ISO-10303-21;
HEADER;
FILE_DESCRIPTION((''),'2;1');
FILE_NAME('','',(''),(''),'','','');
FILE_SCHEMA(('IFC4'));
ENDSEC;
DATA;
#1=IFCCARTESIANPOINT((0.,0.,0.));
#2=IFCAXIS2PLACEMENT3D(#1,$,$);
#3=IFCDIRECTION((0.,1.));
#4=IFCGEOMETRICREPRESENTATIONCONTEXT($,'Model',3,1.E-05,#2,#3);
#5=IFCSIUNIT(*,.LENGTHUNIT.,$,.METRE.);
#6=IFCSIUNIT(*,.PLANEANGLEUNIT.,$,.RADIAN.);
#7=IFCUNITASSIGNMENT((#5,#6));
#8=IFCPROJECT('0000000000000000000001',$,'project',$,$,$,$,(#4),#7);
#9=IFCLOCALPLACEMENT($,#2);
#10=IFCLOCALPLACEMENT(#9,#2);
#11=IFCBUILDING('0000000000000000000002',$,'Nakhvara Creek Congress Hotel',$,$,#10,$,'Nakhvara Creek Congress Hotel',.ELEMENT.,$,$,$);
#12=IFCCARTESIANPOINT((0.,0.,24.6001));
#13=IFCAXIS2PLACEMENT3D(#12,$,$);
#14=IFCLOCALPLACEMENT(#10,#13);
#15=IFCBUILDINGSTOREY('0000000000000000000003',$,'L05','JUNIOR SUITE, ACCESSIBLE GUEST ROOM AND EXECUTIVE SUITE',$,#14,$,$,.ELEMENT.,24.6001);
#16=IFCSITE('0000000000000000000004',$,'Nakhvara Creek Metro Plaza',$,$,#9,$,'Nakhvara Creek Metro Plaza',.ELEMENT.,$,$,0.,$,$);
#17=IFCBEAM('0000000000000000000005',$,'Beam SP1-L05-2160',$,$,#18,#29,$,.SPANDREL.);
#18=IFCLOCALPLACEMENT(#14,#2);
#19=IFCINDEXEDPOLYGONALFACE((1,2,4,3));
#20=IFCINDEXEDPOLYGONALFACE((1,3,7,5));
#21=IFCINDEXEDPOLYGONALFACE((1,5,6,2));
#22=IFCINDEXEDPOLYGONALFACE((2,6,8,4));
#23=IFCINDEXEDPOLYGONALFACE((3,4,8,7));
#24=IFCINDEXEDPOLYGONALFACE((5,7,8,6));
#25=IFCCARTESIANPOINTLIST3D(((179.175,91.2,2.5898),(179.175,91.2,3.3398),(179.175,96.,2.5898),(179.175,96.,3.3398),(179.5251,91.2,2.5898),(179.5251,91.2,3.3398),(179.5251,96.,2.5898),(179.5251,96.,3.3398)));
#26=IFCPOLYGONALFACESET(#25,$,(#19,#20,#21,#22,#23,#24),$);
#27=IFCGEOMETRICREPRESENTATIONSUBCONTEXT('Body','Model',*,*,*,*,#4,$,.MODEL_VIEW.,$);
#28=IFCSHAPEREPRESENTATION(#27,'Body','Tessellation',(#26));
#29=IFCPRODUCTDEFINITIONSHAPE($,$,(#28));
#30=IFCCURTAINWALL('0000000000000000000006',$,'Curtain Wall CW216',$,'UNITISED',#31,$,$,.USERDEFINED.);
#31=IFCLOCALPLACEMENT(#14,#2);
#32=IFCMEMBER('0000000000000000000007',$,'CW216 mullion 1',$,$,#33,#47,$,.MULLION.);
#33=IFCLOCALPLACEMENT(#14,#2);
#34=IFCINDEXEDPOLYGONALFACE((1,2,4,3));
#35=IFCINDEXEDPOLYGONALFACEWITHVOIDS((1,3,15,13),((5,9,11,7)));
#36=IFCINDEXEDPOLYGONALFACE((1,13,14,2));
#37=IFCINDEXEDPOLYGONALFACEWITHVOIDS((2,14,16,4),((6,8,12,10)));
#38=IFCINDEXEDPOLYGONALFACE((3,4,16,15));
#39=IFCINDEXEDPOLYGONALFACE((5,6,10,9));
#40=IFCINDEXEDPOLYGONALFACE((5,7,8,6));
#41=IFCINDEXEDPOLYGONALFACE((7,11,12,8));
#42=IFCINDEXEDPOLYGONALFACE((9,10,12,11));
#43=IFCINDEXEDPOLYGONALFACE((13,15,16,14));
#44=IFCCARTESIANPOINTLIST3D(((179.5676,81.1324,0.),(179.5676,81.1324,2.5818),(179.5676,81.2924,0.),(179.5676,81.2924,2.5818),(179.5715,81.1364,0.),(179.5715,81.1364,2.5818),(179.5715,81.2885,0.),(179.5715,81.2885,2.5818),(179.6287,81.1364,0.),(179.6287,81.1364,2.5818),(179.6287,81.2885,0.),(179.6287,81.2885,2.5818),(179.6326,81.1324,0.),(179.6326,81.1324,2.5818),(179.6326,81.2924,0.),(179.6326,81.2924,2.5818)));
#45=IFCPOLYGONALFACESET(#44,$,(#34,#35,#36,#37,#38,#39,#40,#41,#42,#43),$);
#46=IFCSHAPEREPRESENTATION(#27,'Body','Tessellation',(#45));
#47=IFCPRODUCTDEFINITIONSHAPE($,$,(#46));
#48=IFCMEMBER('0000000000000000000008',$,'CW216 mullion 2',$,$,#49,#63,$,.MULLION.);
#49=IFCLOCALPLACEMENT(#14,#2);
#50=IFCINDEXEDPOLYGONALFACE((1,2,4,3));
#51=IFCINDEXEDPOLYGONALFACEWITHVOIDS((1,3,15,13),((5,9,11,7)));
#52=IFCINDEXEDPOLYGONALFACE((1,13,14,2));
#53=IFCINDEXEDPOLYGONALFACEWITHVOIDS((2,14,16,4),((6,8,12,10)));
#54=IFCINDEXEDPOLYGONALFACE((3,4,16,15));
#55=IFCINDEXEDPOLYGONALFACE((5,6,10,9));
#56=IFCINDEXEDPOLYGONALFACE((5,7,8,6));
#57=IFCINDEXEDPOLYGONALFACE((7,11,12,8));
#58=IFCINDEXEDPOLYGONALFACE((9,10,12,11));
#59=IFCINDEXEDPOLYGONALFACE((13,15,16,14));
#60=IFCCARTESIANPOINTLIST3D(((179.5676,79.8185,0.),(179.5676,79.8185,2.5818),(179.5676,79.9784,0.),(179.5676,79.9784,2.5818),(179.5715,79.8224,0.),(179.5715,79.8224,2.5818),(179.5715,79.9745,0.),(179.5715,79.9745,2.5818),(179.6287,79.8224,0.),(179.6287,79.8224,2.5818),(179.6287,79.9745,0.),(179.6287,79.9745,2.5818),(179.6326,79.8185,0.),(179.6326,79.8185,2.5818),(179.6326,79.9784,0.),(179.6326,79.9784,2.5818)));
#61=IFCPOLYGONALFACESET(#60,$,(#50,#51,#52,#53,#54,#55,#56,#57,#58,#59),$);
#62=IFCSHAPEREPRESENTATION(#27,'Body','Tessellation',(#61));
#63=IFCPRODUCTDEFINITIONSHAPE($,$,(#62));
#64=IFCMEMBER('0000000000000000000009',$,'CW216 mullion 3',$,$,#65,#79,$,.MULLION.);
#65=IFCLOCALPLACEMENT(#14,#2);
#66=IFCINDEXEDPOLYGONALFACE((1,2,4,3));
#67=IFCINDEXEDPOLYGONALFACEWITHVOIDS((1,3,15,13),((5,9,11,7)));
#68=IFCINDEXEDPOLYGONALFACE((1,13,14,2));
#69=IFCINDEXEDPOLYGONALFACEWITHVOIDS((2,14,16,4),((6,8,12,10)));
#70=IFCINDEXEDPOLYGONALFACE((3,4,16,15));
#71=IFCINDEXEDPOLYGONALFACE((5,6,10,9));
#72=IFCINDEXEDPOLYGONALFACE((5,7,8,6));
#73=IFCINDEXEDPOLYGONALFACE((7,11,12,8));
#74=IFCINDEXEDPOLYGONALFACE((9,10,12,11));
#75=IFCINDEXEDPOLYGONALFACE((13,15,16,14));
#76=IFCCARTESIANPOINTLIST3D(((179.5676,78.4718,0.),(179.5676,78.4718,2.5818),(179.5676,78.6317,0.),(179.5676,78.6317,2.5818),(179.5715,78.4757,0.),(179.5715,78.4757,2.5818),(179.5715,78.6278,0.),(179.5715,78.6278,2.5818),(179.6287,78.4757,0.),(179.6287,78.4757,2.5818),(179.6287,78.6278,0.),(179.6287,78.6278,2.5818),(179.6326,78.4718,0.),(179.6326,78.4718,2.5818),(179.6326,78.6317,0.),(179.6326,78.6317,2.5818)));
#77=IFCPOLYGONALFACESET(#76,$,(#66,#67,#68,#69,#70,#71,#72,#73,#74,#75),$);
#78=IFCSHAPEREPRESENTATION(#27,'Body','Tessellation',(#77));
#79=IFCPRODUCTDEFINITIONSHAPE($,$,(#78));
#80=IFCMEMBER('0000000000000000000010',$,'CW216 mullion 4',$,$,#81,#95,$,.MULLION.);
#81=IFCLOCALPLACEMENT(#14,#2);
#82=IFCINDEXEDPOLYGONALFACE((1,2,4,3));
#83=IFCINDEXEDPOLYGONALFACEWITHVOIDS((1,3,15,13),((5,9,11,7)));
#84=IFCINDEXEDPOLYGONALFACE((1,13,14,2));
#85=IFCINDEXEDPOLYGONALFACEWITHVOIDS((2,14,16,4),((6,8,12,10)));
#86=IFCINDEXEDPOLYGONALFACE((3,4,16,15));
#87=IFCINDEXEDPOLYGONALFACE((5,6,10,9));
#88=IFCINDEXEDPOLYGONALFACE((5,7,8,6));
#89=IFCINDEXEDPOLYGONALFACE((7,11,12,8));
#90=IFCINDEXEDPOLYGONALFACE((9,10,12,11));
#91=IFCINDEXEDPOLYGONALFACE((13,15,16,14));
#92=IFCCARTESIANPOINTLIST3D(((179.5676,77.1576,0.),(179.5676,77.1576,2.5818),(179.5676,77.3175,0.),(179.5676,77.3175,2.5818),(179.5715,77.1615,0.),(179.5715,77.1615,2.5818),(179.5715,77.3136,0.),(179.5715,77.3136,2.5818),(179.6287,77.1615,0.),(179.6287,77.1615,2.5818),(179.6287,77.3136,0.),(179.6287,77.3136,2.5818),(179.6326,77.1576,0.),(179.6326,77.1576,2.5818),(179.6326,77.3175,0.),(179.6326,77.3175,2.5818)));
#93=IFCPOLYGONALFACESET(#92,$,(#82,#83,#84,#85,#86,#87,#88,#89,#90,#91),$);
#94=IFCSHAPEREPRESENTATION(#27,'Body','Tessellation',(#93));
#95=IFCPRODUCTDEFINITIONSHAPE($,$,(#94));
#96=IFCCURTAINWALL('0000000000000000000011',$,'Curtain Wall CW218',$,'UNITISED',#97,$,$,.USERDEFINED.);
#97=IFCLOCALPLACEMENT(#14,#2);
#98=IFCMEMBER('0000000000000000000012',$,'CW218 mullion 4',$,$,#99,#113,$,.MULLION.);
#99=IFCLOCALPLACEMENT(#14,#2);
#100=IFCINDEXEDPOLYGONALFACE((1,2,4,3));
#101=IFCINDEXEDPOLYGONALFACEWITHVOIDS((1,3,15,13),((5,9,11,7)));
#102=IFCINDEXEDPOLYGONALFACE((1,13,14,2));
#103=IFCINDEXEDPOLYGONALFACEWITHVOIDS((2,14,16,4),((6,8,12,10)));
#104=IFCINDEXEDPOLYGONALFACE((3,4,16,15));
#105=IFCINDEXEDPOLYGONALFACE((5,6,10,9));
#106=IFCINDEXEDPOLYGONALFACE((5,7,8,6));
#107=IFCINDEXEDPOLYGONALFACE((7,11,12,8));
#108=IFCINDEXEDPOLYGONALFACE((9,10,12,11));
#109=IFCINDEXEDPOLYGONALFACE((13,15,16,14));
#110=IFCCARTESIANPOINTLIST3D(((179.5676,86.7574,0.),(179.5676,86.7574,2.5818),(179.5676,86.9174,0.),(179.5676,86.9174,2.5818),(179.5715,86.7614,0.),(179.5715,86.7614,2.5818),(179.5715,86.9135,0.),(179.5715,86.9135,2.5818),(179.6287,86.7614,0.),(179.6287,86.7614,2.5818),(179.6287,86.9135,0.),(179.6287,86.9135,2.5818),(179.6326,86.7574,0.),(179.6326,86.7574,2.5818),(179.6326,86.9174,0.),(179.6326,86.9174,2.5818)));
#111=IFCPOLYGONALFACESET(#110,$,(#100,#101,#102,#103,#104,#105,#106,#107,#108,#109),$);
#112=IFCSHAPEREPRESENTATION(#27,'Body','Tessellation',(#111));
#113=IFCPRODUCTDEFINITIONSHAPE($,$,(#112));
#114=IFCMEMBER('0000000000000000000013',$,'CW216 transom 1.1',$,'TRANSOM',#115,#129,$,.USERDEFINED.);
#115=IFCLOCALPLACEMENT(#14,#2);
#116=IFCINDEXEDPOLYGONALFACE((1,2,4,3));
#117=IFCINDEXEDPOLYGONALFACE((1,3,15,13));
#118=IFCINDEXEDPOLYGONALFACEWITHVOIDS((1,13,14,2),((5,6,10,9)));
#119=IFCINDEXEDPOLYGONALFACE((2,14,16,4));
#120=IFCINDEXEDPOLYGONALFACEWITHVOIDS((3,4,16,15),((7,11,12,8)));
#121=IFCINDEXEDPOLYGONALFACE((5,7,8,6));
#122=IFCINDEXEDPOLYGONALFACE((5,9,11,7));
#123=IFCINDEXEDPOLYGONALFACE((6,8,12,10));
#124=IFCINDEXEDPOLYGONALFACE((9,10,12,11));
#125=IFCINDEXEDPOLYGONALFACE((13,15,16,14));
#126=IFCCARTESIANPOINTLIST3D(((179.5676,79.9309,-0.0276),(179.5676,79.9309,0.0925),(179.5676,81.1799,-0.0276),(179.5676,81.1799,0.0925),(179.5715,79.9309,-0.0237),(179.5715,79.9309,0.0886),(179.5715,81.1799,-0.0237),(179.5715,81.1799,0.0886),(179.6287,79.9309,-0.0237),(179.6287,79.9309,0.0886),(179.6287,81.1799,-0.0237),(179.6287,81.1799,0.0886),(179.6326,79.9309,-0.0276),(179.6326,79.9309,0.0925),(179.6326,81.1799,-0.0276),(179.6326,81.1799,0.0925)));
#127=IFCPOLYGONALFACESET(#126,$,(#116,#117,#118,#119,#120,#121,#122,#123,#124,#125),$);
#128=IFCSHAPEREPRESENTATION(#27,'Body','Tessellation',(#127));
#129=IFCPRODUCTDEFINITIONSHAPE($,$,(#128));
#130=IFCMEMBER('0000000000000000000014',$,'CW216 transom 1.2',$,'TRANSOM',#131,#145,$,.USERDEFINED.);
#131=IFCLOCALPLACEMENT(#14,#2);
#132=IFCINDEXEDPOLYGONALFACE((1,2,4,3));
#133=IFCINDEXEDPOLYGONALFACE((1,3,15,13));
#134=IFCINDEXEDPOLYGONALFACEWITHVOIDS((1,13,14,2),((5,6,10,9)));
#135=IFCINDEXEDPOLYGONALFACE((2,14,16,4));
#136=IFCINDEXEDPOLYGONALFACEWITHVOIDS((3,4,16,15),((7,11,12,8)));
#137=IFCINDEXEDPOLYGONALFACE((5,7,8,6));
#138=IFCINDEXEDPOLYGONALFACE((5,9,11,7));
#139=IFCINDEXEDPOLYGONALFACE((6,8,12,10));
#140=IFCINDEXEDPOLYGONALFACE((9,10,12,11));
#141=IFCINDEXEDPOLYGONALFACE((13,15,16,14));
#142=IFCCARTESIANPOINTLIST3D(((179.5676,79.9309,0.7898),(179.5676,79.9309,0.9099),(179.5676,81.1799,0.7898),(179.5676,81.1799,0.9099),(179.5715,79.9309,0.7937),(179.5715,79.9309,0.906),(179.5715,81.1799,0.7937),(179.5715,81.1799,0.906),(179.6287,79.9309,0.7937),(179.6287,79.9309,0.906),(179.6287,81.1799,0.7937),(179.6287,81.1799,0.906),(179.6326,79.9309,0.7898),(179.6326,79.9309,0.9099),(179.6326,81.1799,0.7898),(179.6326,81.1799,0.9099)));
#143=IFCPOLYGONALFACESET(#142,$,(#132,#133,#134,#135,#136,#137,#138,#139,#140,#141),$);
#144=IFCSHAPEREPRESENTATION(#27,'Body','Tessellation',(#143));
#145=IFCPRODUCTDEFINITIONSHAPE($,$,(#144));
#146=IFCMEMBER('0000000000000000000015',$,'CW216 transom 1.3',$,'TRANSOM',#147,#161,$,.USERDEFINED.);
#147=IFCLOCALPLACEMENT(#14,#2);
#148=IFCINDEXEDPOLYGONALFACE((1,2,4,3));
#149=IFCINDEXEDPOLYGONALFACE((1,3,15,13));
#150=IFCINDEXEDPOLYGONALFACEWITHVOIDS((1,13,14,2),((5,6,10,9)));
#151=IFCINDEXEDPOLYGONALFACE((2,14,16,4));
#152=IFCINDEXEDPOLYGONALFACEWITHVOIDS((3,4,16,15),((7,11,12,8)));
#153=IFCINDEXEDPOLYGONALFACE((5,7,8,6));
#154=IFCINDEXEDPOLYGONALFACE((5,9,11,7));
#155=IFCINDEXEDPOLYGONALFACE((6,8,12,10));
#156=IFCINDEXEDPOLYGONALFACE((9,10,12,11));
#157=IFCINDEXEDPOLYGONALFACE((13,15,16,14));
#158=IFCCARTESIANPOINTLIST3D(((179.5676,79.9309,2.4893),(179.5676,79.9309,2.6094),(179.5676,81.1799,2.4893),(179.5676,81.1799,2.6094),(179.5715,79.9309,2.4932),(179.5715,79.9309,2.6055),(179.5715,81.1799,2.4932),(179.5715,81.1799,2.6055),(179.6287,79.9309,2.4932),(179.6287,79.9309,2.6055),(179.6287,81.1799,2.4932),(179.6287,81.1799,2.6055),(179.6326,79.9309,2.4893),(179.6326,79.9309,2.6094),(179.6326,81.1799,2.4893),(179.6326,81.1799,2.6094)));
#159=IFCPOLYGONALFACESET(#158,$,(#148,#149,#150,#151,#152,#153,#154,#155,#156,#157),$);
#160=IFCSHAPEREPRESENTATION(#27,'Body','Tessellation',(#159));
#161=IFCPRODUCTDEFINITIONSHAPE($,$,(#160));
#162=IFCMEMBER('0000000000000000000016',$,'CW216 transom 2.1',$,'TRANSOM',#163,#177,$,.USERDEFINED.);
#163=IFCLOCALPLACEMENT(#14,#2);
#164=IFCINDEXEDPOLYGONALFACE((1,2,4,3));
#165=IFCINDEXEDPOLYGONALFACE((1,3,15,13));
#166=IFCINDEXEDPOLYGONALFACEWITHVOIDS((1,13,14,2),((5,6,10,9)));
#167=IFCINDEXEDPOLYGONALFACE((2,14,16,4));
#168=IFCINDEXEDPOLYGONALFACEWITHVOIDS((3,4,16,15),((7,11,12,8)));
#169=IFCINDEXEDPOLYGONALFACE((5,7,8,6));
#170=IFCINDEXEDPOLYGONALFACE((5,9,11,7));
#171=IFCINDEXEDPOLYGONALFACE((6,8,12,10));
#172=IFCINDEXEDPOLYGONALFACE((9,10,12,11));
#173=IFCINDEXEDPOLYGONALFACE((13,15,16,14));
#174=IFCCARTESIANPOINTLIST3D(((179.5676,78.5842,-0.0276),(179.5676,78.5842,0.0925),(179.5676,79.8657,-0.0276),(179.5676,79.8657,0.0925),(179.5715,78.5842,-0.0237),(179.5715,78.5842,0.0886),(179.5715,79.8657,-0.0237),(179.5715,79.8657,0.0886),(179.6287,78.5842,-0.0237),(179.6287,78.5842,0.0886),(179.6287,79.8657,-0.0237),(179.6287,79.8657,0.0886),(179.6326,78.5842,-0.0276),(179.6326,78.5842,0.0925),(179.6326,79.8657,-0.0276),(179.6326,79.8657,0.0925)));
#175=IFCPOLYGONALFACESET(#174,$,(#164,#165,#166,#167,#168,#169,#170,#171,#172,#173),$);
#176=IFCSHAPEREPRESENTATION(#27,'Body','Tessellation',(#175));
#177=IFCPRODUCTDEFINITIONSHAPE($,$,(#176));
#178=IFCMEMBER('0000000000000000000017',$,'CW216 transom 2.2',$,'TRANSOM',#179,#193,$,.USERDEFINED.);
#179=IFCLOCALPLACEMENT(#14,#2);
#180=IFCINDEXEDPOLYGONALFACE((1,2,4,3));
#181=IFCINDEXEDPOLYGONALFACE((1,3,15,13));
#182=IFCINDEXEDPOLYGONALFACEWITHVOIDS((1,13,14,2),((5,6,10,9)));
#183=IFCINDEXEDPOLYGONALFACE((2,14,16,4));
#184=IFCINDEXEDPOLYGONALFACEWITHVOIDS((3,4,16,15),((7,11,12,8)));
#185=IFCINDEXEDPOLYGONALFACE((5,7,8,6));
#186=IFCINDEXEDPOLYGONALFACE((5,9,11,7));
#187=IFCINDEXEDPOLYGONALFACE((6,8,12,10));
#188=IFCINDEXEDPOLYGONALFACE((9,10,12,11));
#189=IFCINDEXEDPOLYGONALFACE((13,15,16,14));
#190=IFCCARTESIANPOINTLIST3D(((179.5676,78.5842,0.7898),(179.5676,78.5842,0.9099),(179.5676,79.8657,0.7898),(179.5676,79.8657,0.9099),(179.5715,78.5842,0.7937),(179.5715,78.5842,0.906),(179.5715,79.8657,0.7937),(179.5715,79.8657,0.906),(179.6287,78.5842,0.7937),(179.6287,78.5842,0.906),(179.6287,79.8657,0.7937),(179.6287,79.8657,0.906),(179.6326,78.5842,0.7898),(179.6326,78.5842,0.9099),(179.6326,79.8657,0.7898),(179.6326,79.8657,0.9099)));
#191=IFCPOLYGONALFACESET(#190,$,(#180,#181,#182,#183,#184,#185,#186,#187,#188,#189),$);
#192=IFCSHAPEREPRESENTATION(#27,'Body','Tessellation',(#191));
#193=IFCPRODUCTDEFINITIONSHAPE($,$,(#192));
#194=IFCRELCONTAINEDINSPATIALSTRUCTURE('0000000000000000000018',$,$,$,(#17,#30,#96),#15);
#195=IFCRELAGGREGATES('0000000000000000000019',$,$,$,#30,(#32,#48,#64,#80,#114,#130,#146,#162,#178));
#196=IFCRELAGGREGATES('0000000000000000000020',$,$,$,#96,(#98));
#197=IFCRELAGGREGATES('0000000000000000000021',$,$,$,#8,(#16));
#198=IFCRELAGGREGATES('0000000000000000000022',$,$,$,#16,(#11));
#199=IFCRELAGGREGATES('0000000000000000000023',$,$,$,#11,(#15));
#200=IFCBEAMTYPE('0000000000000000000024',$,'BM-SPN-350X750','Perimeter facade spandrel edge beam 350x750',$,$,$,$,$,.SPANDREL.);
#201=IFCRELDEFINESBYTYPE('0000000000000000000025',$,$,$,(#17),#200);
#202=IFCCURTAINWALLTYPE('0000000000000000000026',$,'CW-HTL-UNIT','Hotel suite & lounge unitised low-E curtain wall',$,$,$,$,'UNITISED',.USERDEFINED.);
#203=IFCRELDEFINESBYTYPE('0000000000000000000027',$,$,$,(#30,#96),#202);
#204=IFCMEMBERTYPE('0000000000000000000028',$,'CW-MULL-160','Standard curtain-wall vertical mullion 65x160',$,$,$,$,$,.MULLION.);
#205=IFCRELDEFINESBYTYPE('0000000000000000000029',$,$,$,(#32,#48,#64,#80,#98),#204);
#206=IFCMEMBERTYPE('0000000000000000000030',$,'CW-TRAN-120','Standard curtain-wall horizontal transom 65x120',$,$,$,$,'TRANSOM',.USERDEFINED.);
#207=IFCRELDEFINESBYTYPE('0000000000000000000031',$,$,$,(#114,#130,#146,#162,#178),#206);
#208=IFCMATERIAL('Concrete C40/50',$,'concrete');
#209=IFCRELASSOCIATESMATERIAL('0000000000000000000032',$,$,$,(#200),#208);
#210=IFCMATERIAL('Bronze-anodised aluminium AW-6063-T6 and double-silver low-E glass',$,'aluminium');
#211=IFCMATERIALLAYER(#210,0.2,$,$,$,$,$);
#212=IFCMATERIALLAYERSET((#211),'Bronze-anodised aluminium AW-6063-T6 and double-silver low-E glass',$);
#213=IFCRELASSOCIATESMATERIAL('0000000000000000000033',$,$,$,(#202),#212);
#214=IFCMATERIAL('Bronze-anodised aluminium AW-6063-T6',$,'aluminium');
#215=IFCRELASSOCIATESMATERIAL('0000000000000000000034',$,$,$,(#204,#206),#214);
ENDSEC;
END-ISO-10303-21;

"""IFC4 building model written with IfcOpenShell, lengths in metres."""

from ifc_helpers import new_model, si_unit, direction, frame, origin, origin_2d, place, context, subcontext, project, spatial, rectangle, hollow_rectangle, extrude, material, layer, layer_set, material_profile, profile_set, type_object, element, aggregate, save


model = new_model("IFC4")

# Units and contexts
model_context = context("Model", 3, precision=1e-05, world=origin(), true_north=direction((0.0, 1.0)))
body_context = subcontext(model_context, "Body", "Model", "MODEL_VIEW")
ifc_project = project(units=[si_unit("LENGTHUNIT", "METRE"), si_unit("PLANEANGLEUNIT", "RADIAN")], contexts=[model_context])

# Site, building, storey
site_placement = place(None, origin())
site = spatial("IfcSite", under=ifc_project, at=site_placement, Name="Nakhvara Creek Metro Plaza", LongName="Nakhvara Creek Metro Plaza", CompositionType="ELEMENT", RefElevation=0.0)
building_placement = place(site_placement, origin())
building = spatial("IfcBuilding", under=site, at=building_placement, Name="Nakhvara Creek Congress Hotel", LongName="Nakhvara Creek Congress Hotel", CompositionType="ELEMENT")
storey_placement = place(building_placement, frame((0.0, 0.0, 24.6001)))
storey = spatial("IfcBuildingStorey", under=building, at=storey_placement, Name="L05", Description="JUNIOR SUITE, ACCESSIBLE GUEST ROOM AND EXECUTIVE SUITE", CompositionType="ELEMENT", Elevation=24.6001)

# Beam
ifc_material_1 = material(Name="Concrete C40/50", Category="concrete")
ifc_material_profile_1 = material_profile(ifc_material_1, rectangle(XDim=0.3501, YDim=0.75, at=origin_2d()), Name="RC-SPANDREL 350x750", Category="LoadBearing")
ifc_profile_set_1 = profile_set([ifc_material_profile_1], Name="Concrete C40/50")
beam_type = type_object("IfcBeamType", Name="BM-SPN-350X750", Description="Perimeter facade spandrel edge beam 350x750", PredefinedType="SPANDREL", material=ifc_profile_set_1)
beam_placement = place(storey_placement, frame((179.3501, 91.2, 2.9648), z_axis=(0.0, 1.0, 0.0), x_axis=(-1.0, 0.0, 0.0)))
element("IfcBeam", 1, at=beam_placement, inside=storey, type_object=beam_type, Name="Beam SP1-L05-2160", PredefinedType="SPANDREL", context=body_context, shape_type="SweptSolid", body=[
    extrude(rectangle(XDim=0.3501, YDim=0.75, at=origin_2d()), origin(), (0.0, 0.0, 1.0), 4.8),
])

# Curtain wall, members
ifc_material_2 = material(Name="Bronze-anodised aluminium AW-6063-T6 and double-silver low-E glass", Category="aluminium")
ifc_layer_1 = layer(ifc_material_2, 0.2)
ifc_layer_set_1 = layer_set([ifc_layer_1], Name="Bronze-anodised aluminium AW-6063-T6 and double-silver low-E glass")
curtain_wall_type = type_object("IfcCurtainWallType", Name="CW-HTL-UNIT", Description="Hotel suite & lounge unitised low-E curtain wall", ElementType="UNITISED", PredefinedType="USERDEFINED", material=ifc_layer_set_1)
curtain_wall_1_placement = place(storey_placement, origin())
curtain_wall_1 = element("IfcCurtainWall", 2, at=curtain_wall_1_placement, inside=storey, type_object=curtain_wall_type, Name="Curtain Wall CW216", ObjectType="UNITISED", PredefinedType="USERDEFINED")
ifc_material_3 = material(Name="Bronze-anodised aluminium AW-6063-T6", Category="aluminium")
ifc_material_profile_2 = material_profile(ifc_material_3, hollow_rectangle(XDim=0.0649, YDim=0.1599, WallThickness=0.0039, at=origin_2d()), Name="ALU-MULL 65x160x4", Category="LoadBearing")
ifc_profile_set_2 = profile_set([ifc_material_profile_2], Name="Bronze-anodised aluminium AW-6063-T6")
member_type_1 = type_object("IfcMemberType", Name="CW-MULL-160", Description="Standard curtain-wall vertical mullion 65x160", PredefinedType="MULLION", material=ifc_profile_set_2)
member_1_placement = place(storey_placement, frame((179.6001, 81.2124, 0.0), z_axis=(0.0, 0.0, 1.0), x_axis=(1.0, 0.0, 0.0)))
member_1 = element("IfcMember", 3, at=member_1_placement, type_object=member_type_1, Name="CW216 mullion 1", PredefinedType="MULLION", context=body_context, shape_type="SweptSolid", body=[
    extrude(hollow_rectangle(XDim=0.0649, YDim=0.1599, WallThickness=0.0039, at=origin_2d()), origin(), (0.0, 0.0, 1.0), 2.5818),
])
member_2_placement = place(storey_placement, frame((179.6001, 79.8984, 0.0), z_axis=(0.0, 0.0, 1.0), x_axis=(1.0, 0.0, 0.0)))
member_2 = element("IfcMember", 4, at=member_2_placement, type_object=member_type_1, Name="CW216 mullion 2", PredefinedType="MULLION", context=body_context, shape_type="SweptSolid", body=[
    extrude(hollow_rectangle(XDim=0.0649, YDim=0.1599, WallThickness=0.0039, at=origin_2d()), origin(), (0.0, 0.0, 1.0), 2.5818),
])
member_3_placement = place(storey_placement, frame((179.6001, 78.5518, 0.0), z_axis=(0.0, 0.0, 1.0), x_axis=(1.0, 0.0, 0.0)))
member_3 = element("IfcMember", 5, at=member_3_placement, type_object=member_type_1, Name="CW216 mullion 3", PredefinedType="MULLION", context=body_context, shape_type="SweptSolid", body=[
    extrude(hollow_rectangle(XDim=0.0649, YDim=0.1599, WallThickness=0.0039, at=origin_2d()), origin(), (0.0, 0.0, 1.0), 2.5818),
])
member_4_placement = place(storey_placement, frame((179.6001, 77.2375, 0.0), z_axis=(0.0, 0.0, 1.0), x_axis=(1.0, 0.0, 0.0)))
member_4 = element("IfcMember", 6, at=member_4_placement, type_object=member_type_1, Name="CW216 mullion 4", PredefinedType="MULLION", context=body_context, shape_type="SweptSolid", body=[
    extrude(hollow_rectangle(XDim=0.0649, YDim=0.1599, WallThickness=0.0039, at=origin_2d()), origin(), (0.0, 0.0, 1.0), 2.5818),
])

# Curtain wall, member
curtain_wall_2_placement = place(storey_placement, origin())
curtain_wall_2 = element("IfcCurtainWall", 7, at=curtain_wall_2_placement, inside=storey, type_object=curtain_wall_type, Name="Curtain Wall CW218", ObjectType="UNITISED", PredefinedType="USERDEFINED")
member_5_placement = place(storey_placement, frame((179.6001, 86.8374, 0.0), z_axis=(0.0, 0.0, 1.0), x_axis=(1.0, 0.0, 0.0)))
member_5 = element("IfcMember", 8, at=member_5_placement, type_object=member_type_1, Name="CW218 mullion 4", PredefinedType="MULLION", context=body_context, shape_type="SweptSolid", body=[
    extrude(hollow_rectangle(XDim=0.0649, YDim=0.1599, WallThickness=0.0039, at=origin_2d()), origin(), (0.0, 0.0, 1.0), 2.5818),
])

# Members
ifc_material_profile_3 = material_profile(ifc_material_3, hollow_rectangle(XDim=0.0649, YDim=0.1201, WallThickness=0.0039, at=origin_2d()), Name="ALU-TRAN 65x120x4", Category="LoadBearing")
ifc_profile_set_3 = profile_set([ifc_material_profile_3], Name="Bronze-anodised aluminium AW-6063-T6")
member_type_2 = type_object("IfcMemberType", Name="CW-TRAN-120", Description="Standard curtain-wall horizontal transom 65x120", ElementType="TRANSOM", PredefinedType="USERDEFINED", material=ifc_profile_set_3)
member_6_placement = place(storey_placement, frame((179.6001, 81.1799, 0.0325), z_axis=(0.0, -1.0, 0.0), x_axis=(1.0, 0.0, 0.0)))
member_6 = element("IfcMember", 9, at=member_6_placement, type_object=member_type_2, Name="CW216 transom 1.1", ObjectType="TRANSOM", PredefinedType="USERDEFINED", context=body_context, shape_type="SweptSolid", body=[
    extrude(hollow_rectangle(XDim=0.0649, YDim=0.1201, WallThickness=0.0039, at=origin_2d()), origin(), (0.0, 0.0, 1.0), 1.249),
])
member_7_placement = place(storey_placement, frame((179.6001, 81.1799, 0.8499), z_axis=(0.0, -1.0, 0.0), x_axis=(1.0, 0.0, 0.0)))
member_7 = element("IfcMember", 10, at=member_7_placement, type_object=member_type_2, Name="CW216 transom 1.2", ObjectType="TRANSOM", PredefinedType="USERDEFINED", context=body_context, shape_type="SweptSolid", body=[
    extrude(hollow_rectangle(XDim=0.0649, YDim=0.1201, WallThickness=0.0039, at=origin_2d()), origin(), (0.0, 0.0, 1.0), 1.249),
])
member_8_placement = place(storey_placement, frame((179.6001, 81.1799, 2.5493), z_axis=(0.0, -1.0, 0.0), x_axis=(1.0, 0.0, 0.0)))
member_8 = element("IfcMember", 11, at=member_8_placement, type_object=member_type_2, Name="CW216 transom 1.3", ObjectType="TRANSOM", PredefinedType="USERDEFINED", context=body_context, shape_type="SweptSolid", body=[
    extrude(hollow_rectangle(XDim=0.0649, YDim=0.1201, WallThickness=0.0039, at=origin_2d()), origin(), (0.0, 0.0, 1.0), 1.249),
])
member_9_placement = place(storey_placement, frame((179.6001, 79.8657, 0.0325), z_axis=(0.0, -1.0, 0.0), x_axis=(1.0, 0.0, 0.0)))
member_9 = element("IfcMember", 12, at=member_9_placement, type_object=member_type_2, Name="CW216 transom 2.1", ObjectType="TRANSOM", PredefinedType="USERDEFINED", context=body_context, shape_type="SweptSolid", body=[
    extrude(hollow_rectangle(XDim=0.0649, YDim=0.1201, WallThickness=0.0039, at=origin_2d()), origin(), (0.0, 0.0, 1.0), 1.2815),
])
member_10_placement = place(storey_placement, frame((179.6001, 79.8657, 0.8499), z_axis=(0.0, -1.0, 0.0), x_axis=(1.0, 0.0, 0.0)))
member_10 = element("IfcMember", 13, at=member_10_placement, type_object=member_type_2, Name="CW216 transom 2.2", ObjectType="TRANSOM", PredefinedType="USERDEFINED", context=body_context, shape_type="SweptSolid", body=[
    extrude(hollow_rectangle(XDim=0.0649, YDim=0.1201, WallThickness=0.0039, at=origin_2d()), origin(), (0.0, 0.0, 1.0), 1.2815),
])

aggregate(curtain_wall_1, [member_1, member_2, member_3, member_4, member_6, member_7, member_8, member_9, member_10])
aggregate(curtain_wall_2, [member_5])

save(model, "model.ifc")
